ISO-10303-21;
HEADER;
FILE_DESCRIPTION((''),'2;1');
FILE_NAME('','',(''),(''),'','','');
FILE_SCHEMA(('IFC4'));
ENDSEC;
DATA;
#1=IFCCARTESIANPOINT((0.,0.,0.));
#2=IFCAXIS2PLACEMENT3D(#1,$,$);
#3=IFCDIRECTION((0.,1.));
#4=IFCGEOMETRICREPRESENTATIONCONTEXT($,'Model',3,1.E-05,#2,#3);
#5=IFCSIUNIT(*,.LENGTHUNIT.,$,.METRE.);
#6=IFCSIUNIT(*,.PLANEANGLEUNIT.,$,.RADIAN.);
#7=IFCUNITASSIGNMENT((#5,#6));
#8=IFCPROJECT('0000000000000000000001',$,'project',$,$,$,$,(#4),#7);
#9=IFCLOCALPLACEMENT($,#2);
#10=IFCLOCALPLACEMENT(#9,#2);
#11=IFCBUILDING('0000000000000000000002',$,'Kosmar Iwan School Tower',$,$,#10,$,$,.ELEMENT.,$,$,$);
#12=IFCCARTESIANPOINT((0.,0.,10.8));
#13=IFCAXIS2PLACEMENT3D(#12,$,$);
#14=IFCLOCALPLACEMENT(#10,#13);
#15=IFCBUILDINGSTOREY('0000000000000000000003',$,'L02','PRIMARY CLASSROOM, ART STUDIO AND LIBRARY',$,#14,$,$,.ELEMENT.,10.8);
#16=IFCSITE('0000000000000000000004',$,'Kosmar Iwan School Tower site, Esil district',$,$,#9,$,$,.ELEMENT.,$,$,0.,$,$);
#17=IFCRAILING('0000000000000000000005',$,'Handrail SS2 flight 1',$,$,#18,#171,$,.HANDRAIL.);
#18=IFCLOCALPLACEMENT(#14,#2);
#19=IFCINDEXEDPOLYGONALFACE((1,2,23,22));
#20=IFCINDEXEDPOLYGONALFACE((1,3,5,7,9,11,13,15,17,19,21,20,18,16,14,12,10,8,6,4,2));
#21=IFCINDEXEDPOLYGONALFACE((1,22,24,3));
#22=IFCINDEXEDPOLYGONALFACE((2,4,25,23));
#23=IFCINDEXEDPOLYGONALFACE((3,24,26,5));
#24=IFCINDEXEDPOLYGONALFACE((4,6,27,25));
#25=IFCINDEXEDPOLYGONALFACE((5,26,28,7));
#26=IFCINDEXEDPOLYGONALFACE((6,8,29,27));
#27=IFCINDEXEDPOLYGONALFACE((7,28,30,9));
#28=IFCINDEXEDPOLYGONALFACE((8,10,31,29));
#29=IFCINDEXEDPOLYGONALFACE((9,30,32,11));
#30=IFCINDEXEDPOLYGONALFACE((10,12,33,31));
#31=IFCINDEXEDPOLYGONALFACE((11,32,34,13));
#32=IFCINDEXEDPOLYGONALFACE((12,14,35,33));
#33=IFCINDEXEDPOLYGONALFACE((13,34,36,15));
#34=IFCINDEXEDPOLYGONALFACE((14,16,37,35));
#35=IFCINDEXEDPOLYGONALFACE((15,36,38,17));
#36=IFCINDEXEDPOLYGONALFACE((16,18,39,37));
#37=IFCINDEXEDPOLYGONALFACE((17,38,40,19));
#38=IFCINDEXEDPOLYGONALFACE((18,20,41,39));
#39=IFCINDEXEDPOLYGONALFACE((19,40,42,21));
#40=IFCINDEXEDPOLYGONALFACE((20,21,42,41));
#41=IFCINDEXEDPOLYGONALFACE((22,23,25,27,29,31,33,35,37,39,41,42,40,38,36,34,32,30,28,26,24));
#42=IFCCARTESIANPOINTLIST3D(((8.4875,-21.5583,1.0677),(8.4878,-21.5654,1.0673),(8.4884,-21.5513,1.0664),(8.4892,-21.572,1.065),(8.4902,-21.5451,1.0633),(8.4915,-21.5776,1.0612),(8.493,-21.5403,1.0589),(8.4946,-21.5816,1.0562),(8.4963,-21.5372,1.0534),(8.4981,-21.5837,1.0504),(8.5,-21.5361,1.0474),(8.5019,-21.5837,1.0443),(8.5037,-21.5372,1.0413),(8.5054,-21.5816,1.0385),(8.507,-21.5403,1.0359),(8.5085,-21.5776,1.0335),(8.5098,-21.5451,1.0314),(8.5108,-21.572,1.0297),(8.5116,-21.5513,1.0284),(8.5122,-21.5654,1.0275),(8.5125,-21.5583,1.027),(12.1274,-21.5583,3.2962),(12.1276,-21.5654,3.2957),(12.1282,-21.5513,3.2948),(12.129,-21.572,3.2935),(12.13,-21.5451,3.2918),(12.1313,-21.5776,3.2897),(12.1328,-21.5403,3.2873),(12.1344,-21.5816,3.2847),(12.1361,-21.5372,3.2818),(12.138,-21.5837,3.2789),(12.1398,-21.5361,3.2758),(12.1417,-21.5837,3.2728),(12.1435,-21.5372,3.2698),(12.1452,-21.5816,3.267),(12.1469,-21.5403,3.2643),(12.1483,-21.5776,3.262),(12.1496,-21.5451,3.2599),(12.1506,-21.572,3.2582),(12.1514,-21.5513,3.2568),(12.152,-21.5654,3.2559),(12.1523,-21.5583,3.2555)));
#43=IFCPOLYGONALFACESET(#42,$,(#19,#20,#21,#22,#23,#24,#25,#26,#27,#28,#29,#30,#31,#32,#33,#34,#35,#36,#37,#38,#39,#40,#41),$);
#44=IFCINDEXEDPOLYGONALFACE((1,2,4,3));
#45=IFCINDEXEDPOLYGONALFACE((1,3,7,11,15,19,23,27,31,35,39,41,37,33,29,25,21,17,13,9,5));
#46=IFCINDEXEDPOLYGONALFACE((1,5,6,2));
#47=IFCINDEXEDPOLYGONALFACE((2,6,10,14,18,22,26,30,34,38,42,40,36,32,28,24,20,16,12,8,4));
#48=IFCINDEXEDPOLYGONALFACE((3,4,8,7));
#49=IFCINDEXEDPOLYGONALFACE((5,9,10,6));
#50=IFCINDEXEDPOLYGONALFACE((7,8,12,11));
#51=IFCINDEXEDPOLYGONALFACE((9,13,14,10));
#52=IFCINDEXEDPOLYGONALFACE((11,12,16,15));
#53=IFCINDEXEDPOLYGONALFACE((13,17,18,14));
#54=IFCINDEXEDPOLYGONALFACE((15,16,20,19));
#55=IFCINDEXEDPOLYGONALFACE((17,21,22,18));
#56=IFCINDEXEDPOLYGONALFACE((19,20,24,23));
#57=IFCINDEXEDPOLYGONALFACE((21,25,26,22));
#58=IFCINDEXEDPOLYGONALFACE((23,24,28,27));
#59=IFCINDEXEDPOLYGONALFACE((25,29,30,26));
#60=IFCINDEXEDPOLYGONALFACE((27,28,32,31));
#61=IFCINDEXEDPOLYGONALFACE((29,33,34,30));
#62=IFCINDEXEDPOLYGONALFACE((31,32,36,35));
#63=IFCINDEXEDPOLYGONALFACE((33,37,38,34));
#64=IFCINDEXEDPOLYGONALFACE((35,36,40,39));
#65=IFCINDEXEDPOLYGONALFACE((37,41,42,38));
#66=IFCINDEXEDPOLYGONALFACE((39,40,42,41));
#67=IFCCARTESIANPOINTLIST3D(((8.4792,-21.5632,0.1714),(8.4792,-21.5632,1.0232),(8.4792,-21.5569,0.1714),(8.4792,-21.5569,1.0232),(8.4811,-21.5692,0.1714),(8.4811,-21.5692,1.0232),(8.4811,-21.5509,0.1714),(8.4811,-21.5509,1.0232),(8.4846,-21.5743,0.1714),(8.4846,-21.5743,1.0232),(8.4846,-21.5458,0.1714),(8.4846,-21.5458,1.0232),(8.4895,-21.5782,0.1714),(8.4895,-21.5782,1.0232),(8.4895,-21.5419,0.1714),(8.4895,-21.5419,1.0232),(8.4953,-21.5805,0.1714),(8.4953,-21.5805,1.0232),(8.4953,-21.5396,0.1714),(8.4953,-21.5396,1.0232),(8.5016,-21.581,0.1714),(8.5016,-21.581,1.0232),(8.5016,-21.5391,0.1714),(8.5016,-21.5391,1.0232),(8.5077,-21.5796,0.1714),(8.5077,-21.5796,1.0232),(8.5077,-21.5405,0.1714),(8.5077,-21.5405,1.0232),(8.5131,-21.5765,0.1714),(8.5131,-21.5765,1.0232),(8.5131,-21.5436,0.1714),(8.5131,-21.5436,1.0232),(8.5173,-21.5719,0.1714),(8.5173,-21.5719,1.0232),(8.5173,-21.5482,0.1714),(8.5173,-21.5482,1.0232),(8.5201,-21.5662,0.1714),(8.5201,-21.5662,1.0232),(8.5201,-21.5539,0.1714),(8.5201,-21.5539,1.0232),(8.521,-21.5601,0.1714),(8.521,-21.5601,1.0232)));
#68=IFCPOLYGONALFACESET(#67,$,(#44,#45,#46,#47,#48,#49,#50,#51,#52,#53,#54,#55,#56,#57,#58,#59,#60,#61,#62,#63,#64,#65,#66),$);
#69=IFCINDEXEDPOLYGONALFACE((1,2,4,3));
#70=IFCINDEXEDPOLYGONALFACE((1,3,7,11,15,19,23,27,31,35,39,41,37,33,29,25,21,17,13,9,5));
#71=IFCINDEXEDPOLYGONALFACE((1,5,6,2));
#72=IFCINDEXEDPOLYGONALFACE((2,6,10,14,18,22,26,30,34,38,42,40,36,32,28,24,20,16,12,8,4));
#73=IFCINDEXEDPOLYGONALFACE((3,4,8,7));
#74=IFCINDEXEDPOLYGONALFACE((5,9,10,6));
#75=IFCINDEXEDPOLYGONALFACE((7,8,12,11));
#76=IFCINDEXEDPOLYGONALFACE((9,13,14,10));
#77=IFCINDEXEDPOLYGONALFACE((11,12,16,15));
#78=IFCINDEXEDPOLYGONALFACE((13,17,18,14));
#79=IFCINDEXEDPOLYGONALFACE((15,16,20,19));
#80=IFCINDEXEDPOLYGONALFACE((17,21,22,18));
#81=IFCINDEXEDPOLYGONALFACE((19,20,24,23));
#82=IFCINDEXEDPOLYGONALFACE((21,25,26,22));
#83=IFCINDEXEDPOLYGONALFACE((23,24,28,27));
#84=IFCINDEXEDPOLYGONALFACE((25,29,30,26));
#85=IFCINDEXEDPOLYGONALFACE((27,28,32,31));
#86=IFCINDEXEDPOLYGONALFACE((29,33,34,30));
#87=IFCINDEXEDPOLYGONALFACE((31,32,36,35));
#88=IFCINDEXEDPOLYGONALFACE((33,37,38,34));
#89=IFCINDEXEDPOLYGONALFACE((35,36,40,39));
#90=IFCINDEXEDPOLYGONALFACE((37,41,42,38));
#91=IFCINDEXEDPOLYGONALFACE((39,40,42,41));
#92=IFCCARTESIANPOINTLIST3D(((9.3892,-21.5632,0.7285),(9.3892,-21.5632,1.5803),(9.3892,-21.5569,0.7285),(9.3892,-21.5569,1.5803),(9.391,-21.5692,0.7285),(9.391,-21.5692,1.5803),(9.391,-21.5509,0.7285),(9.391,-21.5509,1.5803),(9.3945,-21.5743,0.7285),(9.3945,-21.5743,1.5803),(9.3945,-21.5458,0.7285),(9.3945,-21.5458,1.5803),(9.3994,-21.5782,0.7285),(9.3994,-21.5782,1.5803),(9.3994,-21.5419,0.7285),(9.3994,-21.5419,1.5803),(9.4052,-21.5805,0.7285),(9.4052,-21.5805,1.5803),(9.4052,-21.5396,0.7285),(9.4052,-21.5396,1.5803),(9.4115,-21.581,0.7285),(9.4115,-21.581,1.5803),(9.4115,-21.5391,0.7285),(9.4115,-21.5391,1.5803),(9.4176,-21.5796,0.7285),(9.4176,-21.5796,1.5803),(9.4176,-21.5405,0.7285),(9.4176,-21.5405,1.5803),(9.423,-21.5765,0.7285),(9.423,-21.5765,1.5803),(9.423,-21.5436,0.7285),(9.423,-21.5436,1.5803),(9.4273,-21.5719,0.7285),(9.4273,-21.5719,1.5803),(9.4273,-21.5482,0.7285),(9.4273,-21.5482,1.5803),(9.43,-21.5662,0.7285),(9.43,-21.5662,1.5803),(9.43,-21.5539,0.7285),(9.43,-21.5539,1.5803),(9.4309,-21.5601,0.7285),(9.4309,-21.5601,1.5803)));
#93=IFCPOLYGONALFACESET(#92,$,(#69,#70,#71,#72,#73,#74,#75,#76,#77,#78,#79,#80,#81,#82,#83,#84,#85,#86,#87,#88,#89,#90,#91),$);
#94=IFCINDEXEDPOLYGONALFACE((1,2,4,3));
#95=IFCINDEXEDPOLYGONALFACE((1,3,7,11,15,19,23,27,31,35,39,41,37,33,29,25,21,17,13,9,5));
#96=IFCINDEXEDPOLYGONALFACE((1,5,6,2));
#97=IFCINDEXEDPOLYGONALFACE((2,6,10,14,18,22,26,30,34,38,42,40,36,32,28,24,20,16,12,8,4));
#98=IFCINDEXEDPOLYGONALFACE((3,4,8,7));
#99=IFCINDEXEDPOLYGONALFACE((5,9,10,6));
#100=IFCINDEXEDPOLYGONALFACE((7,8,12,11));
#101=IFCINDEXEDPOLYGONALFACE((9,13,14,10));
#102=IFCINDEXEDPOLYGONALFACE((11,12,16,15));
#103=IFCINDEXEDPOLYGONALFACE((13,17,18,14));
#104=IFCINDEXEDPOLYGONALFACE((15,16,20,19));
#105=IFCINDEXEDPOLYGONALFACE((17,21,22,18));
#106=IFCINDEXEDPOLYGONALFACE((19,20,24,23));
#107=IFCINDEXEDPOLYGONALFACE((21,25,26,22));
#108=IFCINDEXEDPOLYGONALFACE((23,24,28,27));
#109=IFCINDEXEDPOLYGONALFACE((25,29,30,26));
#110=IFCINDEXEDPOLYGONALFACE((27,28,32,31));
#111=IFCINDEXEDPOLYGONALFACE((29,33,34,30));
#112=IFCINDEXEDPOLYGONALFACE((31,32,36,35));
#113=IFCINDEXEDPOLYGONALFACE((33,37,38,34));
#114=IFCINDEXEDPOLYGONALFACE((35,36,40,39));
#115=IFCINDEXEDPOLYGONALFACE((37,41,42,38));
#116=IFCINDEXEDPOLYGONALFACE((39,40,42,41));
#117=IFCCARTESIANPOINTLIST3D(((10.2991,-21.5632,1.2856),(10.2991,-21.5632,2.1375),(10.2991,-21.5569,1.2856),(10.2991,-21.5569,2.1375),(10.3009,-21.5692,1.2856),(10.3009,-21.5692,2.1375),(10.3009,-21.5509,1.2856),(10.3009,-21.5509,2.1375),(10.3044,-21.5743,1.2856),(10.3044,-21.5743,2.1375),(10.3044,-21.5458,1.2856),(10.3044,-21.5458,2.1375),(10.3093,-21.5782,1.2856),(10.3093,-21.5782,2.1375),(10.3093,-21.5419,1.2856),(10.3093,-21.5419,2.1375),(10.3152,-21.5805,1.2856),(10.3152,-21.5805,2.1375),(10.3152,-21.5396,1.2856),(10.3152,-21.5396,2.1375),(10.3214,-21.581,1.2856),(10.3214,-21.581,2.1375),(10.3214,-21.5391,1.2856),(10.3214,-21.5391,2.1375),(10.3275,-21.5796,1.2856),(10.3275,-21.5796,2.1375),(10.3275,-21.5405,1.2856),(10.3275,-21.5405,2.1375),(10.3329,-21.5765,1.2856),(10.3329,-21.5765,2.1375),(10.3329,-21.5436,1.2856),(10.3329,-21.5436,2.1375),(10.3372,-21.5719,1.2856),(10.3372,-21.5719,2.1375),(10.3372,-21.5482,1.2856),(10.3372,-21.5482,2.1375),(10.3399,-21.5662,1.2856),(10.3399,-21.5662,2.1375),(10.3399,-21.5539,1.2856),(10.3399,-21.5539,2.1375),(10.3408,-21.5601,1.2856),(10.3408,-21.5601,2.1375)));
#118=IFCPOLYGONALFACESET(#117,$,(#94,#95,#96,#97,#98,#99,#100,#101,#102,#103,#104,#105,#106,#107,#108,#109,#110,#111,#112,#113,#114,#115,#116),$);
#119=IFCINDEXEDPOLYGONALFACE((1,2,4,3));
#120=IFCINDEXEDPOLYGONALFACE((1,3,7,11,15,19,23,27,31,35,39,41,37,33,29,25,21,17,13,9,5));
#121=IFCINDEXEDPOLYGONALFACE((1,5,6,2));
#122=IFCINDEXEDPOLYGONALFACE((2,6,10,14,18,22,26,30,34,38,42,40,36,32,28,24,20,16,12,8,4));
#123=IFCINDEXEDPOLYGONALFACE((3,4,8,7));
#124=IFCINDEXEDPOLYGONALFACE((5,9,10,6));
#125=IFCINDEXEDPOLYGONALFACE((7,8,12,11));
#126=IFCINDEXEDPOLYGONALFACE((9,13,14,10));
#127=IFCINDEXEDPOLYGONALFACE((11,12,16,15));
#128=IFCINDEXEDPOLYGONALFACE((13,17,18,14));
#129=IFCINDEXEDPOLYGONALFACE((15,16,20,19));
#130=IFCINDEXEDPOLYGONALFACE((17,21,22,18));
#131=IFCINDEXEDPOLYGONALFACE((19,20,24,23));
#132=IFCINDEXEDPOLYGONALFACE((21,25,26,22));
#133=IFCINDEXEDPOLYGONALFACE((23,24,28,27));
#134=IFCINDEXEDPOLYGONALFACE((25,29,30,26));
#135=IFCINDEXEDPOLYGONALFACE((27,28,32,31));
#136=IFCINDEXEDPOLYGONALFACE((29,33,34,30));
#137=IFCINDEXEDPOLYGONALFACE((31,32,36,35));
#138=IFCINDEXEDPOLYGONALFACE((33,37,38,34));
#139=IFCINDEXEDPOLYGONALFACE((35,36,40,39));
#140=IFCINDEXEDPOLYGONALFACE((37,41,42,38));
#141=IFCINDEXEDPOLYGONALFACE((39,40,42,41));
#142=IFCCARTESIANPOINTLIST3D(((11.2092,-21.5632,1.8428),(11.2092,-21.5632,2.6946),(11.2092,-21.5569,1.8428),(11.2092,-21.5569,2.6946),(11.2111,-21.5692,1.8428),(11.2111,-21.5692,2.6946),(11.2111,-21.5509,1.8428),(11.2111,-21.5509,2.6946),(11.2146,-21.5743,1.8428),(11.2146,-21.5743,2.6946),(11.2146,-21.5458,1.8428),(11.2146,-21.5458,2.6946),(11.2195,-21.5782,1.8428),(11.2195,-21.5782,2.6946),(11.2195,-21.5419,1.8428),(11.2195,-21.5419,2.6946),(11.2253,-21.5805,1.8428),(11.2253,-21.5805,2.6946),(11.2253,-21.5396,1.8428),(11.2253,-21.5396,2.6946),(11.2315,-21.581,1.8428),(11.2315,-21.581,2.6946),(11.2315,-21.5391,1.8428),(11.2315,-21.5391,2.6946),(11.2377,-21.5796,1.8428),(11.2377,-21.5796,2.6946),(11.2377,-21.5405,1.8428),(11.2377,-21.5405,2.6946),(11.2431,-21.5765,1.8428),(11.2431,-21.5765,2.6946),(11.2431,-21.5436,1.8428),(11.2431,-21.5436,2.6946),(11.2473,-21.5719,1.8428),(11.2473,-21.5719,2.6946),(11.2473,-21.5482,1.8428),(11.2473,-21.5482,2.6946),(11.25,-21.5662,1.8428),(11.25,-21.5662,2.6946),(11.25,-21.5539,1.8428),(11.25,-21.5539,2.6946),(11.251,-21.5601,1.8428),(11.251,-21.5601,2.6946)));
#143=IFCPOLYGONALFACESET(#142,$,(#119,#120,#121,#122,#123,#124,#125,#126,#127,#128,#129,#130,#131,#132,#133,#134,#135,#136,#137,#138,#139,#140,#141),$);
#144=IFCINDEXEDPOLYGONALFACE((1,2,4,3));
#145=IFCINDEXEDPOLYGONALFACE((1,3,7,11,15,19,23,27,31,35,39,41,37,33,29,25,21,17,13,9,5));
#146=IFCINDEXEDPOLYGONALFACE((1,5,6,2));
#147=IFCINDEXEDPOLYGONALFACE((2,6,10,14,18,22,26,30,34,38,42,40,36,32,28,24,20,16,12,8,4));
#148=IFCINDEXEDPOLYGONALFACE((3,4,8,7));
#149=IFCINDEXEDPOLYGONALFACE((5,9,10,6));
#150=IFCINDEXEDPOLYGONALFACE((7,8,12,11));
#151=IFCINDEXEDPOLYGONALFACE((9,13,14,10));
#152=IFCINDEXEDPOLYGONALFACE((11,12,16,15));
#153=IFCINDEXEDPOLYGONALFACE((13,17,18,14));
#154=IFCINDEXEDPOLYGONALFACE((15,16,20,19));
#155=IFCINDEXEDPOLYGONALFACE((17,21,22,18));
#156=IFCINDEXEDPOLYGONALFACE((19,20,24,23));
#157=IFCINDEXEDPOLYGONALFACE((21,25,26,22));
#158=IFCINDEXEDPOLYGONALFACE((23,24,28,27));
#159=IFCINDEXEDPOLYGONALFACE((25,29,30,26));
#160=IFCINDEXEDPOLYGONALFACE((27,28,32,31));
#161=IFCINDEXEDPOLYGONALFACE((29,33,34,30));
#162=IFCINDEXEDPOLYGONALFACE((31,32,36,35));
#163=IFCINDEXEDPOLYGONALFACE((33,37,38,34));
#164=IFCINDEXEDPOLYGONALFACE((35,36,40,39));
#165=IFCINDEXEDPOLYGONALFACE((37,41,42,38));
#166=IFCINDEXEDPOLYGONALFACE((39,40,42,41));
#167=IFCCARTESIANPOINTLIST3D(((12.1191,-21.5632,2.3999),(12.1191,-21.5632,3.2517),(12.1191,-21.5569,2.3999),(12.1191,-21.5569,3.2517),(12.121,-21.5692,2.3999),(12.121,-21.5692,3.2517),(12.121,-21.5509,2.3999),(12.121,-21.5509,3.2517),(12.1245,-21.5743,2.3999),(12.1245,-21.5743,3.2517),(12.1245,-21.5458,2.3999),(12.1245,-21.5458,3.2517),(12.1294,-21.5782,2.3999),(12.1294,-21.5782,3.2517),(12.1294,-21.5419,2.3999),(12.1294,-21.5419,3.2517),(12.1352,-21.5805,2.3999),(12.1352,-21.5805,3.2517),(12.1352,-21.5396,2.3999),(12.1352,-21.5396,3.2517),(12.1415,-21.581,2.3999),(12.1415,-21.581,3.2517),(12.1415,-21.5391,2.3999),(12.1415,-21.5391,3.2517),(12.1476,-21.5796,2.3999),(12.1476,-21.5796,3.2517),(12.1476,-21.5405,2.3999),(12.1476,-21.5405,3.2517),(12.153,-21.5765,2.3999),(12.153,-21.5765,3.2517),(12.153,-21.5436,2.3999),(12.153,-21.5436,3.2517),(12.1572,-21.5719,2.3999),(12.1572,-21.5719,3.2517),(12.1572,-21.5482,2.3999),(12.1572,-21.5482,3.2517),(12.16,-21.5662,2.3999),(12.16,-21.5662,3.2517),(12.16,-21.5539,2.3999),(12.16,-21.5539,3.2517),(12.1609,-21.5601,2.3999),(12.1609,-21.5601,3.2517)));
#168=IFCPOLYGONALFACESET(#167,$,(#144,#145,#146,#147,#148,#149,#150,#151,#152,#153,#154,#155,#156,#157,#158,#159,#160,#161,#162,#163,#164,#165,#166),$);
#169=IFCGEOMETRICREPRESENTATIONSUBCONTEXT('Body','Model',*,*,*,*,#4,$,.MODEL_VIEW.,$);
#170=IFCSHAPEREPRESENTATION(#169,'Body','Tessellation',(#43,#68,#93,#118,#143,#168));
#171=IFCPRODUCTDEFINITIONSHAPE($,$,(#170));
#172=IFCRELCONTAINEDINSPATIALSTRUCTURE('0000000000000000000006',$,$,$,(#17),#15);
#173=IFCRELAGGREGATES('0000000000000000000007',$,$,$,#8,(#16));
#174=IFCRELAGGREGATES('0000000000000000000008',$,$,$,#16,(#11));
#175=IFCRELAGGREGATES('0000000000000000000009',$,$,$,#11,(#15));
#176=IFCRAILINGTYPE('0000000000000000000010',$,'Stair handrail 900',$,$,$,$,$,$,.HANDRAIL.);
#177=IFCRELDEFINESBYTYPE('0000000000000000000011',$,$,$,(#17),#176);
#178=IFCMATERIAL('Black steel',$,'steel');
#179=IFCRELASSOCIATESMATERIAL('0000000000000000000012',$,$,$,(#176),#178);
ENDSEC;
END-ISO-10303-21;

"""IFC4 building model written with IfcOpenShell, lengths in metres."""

from ifc_helpers import new_model, si_unit, direction, frame, origin, origin_2d, place, context, subcontext, project, spatial, circle, extrude, material, type_object, element, save


model = new_model("IFC4")

# Units and contexts
model_context = context("Model", 3, precision=1e-05, world=origin(), true_north=direction((0.0, 1.0)))
body_context = subcontext(model_context, "Body", "Model", "MODEL_VIEW")
ifc_project = project(units=[si_unit("LENGTHUNIT", "METRE"), si_unit("PLANEANGLEUNIT", "RADIAN")], contexts=[model_context])

# Site, building, storey
site_placement = place(None, origin())
site = spatial("IfcSite", under=ifc_project, at=site_placement, Name="Kosmar Iwan School Tower site, Esil district", CompositionType="ELEMENT", RefElevation=0.0)
building_placement = place(site_placement, origin())
building = spatial("IfcBuilding", under=site, at=building_placement, Name="Kosmar Iwan School Tower", CompositionType="ELEMENT")
storey_placement = place(building_placement, frame((0.0, 0.0, 10.8)))
storey = spatial("IfcBuildingStorey", under=building, at=storey_placement, Name="L02", Description="PRIMARY CLASSROOM, ART STUDIO AND LIBRARY", CompositionType="ELEMENT", Elevation=10.8)

# Railing
ifc_material_1 = material(Name="Black steel", Category="steel")
railing_type = type_object("IfcRailingType", Name="Stair handrail 900", PredefinedType="HANDRAIL", material=ifc_material_1)
railing_1_placement = place(storey_placement, frame((8.5, -21.5601, 0.1714)))
element("IfcRailing", 1, at=railing_1_placement, inside=storey, type_object=railing_type, Name="Handrail SS2 flight 1", PredefinedType="HANDRAIL", context=body_context, shape_type="SweptSolid", body=[
    extrude(circle(Radius=0.0239, at=origin_2d()), frame((0.0, 0.0, 0.876), z_axis=(0.85285, 0.0, 0.522156), x_axis=(0.0, 1.0, 0.0)), (0.0, 0.0, 1.0), 4.2678),
    extrude(circle(Radius=0.021, at=origin_2d()), origin(), (0.0, 0.0, 1.0), 0.8518),
    extrude(circle(Radius=0.021, at=origin_2d()), frame((0.9099, 0.0, 0.5571)), (0.0, 0.0, 1.0), 0.8518),
    extrude(circle(Radius=0.021, at=origin_2d()), frame((1.8198, 0.0, 1.1143)), (0.0, 0.0, 1.0), 0.8518),
    extrude(circle(Radius=0.021, at=origin_2d()), frame((2.73, 0.0, 1.6714)), (0.0, 0.0, 1.0), 0.8518),
    extrude(circle(Radius=0.021, at=origin_2d()), frame((3.6399, 0.0, 2.2285)), (0.0, 0.0, 1.0), 0.8518),
])

save(model, "model.ifc")
